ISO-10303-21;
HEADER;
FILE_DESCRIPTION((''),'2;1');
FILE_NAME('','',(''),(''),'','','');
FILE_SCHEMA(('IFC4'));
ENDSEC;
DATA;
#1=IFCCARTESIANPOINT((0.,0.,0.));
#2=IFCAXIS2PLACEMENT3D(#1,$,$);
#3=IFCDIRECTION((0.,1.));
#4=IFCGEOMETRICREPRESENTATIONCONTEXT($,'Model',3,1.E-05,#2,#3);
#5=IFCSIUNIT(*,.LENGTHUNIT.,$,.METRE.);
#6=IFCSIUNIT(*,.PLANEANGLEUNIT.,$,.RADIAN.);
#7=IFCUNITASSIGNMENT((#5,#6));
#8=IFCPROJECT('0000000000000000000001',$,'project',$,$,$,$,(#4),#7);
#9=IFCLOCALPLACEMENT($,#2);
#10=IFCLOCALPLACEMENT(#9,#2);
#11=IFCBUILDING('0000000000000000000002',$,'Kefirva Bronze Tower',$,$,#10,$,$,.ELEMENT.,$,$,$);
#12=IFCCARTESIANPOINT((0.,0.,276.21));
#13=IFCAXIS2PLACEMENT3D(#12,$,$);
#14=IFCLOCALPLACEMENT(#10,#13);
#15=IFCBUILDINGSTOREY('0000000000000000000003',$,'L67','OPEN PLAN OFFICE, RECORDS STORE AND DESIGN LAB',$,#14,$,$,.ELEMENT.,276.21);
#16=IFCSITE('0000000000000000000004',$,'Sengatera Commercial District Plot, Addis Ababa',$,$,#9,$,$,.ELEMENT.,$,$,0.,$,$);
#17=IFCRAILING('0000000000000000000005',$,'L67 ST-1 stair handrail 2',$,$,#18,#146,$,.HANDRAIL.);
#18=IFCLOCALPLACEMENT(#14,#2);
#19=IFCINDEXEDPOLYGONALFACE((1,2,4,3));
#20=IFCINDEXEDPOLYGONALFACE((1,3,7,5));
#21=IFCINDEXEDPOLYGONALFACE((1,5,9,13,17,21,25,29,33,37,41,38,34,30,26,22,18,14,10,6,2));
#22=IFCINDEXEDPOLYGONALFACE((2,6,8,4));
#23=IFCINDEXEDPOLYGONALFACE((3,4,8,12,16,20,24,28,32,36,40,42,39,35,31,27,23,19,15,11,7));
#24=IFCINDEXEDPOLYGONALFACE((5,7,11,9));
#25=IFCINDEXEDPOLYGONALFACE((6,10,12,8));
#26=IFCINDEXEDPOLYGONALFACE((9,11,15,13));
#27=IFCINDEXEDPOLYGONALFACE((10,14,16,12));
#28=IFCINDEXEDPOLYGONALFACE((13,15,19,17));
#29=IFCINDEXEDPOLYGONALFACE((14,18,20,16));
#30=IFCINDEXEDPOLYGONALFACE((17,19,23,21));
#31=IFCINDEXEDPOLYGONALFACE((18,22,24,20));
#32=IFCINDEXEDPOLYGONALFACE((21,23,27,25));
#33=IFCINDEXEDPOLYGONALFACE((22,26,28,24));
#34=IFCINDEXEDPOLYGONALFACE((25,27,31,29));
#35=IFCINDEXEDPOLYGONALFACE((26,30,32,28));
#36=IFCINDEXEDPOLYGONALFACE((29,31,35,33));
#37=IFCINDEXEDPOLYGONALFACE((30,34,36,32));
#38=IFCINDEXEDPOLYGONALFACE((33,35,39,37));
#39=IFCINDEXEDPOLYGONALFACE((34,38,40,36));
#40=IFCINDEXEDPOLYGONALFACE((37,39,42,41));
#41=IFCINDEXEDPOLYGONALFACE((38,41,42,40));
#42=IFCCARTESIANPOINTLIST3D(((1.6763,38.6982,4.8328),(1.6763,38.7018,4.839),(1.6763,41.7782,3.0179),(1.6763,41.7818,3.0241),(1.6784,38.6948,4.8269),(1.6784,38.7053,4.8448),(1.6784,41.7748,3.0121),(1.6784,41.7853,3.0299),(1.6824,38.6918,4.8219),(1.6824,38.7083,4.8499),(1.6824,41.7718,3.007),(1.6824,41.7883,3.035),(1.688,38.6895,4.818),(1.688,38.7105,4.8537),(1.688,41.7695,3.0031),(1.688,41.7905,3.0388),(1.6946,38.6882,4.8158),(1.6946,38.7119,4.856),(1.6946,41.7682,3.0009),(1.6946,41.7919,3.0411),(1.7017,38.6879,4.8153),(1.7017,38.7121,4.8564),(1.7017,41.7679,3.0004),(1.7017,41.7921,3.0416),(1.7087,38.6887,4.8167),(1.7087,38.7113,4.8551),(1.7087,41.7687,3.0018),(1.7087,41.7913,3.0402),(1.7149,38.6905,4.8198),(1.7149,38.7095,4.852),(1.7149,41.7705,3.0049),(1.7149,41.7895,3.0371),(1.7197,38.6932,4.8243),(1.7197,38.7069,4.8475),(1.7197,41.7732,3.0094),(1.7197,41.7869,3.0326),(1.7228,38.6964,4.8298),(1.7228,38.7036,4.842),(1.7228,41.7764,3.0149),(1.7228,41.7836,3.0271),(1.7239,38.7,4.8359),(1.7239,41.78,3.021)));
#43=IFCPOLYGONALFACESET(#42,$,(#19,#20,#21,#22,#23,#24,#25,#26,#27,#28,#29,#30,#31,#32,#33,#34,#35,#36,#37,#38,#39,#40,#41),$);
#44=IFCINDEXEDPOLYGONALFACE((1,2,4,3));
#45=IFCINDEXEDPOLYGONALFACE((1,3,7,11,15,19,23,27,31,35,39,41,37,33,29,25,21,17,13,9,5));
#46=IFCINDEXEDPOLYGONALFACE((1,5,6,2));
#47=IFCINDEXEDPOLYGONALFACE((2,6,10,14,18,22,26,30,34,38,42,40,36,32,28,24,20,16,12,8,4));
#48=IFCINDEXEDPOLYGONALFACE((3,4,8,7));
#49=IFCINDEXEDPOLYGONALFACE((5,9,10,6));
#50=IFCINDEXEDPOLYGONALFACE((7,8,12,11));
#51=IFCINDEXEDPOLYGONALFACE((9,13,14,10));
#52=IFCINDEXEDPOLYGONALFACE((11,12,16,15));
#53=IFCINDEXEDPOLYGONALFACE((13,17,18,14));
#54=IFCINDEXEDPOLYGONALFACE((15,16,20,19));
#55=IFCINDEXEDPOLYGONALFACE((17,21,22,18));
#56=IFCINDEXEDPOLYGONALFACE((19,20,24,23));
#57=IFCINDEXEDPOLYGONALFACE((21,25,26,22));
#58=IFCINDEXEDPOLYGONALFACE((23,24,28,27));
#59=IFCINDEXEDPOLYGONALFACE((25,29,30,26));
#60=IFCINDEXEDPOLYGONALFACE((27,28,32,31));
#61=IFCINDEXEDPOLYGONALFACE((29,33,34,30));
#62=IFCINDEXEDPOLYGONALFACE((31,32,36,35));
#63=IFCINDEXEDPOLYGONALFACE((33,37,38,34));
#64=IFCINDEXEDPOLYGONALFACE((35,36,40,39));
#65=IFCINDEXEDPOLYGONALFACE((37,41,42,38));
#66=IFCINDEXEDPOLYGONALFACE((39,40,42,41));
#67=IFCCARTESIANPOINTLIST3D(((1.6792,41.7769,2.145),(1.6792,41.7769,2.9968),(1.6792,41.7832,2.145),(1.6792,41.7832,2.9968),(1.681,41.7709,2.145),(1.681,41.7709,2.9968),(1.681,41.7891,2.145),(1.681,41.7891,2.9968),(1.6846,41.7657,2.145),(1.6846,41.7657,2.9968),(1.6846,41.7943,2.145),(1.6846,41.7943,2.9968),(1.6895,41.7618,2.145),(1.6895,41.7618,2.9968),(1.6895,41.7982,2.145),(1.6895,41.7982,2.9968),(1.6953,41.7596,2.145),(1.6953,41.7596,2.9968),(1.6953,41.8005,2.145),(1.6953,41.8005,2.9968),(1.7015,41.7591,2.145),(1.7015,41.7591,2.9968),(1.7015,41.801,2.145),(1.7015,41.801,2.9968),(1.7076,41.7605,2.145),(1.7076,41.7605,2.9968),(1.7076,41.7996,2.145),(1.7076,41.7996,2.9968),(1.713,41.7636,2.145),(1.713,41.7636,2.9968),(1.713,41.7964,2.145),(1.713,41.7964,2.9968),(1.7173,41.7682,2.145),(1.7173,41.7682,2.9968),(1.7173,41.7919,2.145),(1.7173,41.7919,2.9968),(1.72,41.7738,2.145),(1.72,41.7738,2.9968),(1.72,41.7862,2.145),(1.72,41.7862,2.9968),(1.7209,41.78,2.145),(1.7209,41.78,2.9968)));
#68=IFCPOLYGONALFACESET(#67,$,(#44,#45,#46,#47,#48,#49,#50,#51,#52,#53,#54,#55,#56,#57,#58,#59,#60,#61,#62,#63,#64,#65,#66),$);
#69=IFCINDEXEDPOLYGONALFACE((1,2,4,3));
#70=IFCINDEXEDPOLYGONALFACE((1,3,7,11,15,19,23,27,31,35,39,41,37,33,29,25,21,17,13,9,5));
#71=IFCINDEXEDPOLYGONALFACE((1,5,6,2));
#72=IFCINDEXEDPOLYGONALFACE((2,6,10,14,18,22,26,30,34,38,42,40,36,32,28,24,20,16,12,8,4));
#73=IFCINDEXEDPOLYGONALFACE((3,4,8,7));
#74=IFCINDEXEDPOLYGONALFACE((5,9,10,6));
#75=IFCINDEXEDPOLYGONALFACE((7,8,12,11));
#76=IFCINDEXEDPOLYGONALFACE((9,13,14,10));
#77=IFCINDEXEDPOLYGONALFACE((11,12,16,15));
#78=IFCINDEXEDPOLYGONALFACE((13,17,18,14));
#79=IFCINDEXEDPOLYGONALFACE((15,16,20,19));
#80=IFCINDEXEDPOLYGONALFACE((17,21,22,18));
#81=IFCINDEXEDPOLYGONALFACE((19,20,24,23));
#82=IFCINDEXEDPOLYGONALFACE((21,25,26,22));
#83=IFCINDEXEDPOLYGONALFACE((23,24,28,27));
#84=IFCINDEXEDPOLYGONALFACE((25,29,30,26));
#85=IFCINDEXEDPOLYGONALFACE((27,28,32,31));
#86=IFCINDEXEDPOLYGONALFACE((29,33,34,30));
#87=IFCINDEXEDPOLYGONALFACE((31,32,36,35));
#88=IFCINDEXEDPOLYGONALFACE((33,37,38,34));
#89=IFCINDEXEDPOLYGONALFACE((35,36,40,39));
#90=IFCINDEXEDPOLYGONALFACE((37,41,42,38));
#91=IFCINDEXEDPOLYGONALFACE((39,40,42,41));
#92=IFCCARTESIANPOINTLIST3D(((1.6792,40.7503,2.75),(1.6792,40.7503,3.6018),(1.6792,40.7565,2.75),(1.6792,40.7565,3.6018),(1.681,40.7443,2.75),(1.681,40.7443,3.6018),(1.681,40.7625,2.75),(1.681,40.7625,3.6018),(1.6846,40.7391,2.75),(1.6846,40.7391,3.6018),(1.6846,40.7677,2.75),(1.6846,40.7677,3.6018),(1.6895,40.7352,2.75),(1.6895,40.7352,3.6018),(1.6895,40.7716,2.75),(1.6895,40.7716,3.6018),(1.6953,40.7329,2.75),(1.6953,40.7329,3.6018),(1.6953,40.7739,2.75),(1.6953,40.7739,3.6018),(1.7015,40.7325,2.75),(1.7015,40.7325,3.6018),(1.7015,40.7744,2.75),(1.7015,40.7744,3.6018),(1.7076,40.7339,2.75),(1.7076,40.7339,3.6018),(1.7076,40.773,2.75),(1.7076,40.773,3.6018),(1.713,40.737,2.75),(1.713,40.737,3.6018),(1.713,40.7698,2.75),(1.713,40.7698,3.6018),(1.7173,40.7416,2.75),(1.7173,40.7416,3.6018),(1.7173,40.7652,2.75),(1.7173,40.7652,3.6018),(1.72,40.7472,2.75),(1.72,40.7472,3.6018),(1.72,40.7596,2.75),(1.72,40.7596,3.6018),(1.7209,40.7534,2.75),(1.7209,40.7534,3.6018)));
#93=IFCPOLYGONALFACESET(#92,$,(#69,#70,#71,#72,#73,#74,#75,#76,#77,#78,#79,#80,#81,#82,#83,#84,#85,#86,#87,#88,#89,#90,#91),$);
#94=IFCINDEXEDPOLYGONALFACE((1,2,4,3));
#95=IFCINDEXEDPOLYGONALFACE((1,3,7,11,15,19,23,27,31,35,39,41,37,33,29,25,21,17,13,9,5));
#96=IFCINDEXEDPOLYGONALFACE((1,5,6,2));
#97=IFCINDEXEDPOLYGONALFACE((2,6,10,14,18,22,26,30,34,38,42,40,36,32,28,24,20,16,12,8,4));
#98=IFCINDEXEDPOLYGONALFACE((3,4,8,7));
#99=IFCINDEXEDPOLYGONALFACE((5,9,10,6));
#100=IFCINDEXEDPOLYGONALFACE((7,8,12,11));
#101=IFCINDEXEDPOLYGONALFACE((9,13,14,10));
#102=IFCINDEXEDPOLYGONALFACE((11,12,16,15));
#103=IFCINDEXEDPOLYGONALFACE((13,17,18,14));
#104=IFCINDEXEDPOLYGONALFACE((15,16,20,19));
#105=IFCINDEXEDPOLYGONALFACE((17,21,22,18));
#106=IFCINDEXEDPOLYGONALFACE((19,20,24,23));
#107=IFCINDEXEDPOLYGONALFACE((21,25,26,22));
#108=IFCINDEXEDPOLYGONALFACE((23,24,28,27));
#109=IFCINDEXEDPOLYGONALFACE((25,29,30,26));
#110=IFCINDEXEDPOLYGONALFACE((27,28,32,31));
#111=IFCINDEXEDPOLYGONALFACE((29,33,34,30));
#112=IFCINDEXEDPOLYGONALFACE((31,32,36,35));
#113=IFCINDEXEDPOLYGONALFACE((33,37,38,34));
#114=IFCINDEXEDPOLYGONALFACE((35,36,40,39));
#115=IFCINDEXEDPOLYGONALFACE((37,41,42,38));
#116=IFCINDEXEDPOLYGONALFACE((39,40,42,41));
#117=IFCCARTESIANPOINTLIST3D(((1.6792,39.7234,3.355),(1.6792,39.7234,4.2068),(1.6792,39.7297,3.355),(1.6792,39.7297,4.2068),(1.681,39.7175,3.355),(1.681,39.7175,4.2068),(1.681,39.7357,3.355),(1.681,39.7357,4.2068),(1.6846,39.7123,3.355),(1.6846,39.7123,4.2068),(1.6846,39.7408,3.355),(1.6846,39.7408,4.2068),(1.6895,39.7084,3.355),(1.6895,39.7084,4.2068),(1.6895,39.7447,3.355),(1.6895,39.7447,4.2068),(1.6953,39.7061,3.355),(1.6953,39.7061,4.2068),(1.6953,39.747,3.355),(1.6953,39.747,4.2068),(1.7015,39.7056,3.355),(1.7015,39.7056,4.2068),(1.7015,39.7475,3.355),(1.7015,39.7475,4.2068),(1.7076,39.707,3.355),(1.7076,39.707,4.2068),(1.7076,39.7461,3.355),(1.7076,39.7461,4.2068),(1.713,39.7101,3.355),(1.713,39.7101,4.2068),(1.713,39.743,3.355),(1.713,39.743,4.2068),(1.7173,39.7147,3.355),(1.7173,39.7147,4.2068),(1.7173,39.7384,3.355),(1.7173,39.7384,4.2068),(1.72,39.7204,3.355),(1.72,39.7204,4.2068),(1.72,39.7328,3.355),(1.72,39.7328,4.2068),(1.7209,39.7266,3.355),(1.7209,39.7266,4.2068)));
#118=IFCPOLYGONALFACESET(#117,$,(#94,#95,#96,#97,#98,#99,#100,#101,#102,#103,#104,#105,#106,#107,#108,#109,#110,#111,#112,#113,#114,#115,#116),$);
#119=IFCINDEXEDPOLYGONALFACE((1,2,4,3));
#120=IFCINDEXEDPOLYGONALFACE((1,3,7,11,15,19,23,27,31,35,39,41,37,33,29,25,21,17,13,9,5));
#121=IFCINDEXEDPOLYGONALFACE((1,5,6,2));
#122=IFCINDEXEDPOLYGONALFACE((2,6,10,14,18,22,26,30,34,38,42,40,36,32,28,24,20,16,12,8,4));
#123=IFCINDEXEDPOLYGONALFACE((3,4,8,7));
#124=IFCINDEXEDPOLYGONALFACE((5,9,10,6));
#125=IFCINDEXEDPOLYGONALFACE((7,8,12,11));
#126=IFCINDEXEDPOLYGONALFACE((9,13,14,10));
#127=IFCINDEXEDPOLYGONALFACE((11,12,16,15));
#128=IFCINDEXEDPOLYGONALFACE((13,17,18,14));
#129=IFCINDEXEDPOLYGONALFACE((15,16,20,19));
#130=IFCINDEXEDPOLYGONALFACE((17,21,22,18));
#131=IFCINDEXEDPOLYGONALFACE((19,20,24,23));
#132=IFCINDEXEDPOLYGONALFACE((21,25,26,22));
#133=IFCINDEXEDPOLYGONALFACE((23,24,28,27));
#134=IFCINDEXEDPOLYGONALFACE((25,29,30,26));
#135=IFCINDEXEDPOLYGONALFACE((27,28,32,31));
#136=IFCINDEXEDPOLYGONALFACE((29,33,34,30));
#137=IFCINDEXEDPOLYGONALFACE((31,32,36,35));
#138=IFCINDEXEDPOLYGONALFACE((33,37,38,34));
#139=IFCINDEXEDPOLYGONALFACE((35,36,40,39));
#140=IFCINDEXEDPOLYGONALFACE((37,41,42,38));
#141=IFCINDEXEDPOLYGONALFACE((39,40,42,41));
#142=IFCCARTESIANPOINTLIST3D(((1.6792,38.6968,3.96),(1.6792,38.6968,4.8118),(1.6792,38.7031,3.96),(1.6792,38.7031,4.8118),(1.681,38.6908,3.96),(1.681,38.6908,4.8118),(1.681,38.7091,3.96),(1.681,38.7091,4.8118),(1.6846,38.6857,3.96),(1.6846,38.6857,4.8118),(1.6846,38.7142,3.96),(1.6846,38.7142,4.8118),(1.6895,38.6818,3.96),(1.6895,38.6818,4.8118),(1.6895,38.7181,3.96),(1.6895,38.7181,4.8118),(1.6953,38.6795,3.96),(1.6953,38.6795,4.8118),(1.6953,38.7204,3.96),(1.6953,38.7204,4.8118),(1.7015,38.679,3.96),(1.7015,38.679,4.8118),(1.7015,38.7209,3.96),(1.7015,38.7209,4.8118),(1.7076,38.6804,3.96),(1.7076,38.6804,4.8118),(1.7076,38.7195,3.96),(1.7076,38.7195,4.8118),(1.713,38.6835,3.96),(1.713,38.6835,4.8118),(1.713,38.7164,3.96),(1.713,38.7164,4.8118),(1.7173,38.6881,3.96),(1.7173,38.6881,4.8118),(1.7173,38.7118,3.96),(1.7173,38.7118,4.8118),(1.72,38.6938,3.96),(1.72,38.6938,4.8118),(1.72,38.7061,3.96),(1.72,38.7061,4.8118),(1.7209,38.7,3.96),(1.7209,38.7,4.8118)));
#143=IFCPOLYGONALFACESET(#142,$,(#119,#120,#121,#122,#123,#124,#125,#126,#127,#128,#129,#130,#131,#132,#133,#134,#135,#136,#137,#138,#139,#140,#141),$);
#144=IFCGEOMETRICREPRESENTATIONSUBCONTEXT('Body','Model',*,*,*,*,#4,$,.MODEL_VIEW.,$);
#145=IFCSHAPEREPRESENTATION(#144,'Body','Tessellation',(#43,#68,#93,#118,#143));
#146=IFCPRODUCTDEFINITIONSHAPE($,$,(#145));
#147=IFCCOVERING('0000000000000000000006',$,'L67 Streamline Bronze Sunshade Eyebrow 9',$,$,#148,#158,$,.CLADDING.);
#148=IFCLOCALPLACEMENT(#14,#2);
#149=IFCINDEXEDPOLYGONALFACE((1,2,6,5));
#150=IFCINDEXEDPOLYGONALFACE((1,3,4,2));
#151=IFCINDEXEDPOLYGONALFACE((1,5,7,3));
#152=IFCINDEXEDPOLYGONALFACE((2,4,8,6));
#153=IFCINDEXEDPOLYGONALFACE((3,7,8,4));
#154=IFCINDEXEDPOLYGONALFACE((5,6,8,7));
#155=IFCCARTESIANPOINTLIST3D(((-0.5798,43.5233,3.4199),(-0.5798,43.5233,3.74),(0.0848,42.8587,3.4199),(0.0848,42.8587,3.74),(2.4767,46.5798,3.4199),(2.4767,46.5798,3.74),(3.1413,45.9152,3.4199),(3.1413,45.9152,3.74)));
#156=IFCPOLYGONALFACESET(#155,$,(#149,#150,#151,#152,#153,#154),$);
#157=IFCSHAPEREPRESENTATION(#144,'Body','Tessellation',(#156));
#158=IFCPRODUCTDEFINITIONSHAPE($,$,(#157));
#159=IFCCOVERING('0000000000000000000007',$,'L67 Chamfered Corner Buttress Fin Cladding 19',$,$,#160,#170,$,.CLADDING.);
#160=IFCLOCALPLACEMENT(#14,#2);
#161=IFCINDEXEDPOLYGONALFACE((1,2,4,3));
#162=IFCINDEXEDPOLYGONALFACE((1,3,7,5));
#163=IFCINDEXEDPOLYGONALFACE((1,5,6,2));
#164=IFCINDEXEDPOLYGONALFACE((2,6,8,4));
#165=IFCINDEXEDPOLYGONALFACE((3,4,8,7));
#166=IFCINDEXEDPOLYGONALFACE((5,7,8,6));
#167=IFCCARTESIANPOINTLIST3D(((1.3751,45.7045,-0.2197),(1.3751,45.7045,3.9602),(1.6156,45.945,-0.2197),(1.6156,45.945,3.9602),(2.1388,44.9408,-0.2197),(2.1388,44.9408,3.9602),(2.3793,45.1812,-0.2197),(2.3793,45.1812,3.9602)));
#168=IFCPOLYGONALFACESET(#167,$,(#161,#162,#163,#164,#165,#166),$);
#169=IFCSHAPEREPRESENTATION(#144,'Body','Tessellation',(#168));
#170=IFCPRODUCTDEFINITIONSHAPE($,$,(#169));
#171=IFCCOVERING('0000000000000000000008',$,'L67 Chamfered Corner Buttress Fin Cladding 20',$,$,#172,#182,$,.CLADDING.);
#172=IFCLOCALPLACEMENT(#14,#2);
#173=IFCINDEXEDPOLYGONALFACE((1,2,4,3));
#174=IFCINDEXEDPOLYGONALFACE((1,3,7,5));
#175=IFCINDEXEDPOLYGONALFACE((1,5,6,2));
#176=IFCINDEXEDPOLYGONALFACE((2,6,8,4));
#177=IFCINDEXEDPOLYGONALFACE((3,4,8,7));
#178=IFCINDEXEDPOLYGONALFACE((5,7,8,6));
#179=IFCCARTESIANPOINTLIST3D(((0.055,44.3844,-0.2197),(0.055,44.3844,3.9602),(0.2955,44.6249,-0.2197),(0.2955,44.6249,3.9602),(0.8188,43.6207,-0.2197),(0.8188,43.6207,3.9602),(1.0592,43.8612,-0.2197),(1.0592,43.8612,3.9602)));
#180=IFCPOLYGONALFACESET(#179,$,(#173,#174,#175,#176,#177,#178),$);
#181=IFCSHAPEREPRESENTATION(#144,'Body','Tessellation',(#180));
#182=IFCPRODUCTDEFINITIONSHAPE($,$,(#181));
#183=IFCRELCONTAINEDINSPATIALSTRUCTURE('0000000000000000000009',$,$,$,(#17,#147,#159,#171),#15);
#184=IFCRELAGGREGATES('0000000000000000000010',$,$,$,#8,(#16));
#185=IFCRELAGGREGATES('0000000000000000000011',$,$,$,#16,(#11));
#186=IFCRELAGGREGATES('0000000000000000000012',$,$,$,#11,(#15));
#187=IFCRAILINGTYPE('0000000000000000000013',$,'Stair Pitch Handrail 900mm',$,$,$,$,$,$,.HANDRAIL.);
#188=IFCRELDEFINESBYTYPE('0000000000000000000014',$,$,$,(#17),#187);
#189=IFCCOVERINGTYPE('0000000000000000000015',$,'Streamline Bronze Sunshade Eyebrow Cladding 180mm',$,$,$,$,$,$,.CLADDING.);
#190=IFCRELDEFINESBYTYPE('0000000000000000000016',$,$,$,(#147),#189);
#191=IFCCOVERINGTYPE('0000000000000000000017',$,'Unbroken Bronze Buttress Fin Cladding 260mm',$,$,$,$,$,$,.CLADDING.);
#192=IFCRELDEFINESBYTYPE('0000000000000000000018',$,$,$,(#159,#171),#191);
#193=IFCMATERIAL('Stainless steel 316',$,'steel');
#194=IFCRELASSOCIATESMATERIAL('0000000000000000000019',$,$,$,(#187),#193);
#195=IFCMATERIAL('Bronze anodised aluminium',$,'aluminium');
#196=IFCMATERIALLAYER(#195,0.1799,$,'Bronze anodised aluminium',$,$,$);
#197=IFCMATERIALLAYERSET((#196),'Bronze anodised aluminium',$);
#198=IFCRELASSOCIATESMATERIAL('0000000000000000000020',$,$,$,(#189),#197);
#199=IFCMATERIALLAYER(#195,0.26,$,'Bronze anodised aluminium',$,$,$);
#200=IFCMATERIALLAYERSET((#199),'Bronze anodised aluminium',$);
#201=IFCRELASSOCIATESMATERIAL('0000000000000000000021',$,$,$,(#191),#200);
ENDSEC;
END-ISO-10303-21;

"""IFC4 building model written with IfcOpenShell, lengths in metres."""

from ifc_helpers import new_model, si_unit, direction, frame, origin, origin_2d, place, context, subcontext, project, spatial, rectangle, circle, extrude, material, layer, layer_set, type_object, element, save


model = new_model("IFC4")

# Units and contexts
model_context = context("Model", 3, precision=1e-05, world=origin(), true_north=direction((0.0, 1.0)))
body_context = subcontext(model_context, "Body", "Model", "MODEL_VIEW")
ifc_project = project(units=[si_unit("LENGTHUNIT", "METRE"), si_unit("PLANEANGLEUNIT", "RADIAN")], contexts=[model_context])

# Site, building, storey
site_placement = place(None, origin())
site = spatial("IfcSite", under=ifc_project, at=site_placement, Name="Sengatera Commercial District Plot, Addis Ababa", CompositionType="ELEMENT", RefElevation=0.0)
building_placement = place(site_placement, origin())
building = spatial("IfcBuilding", under=site, at=building_placement, Name="Kefirva Bronze Tower", CompositionType="ELEMENT")
storey_placement = place(building_placement, frame((0.0, 0.0, 276.21)))
storey = spatial("IfcBuildingStorey", under=building, at=storey_placement, Name="L67", Description="OPEN PLAN OFFICE, RECORDS STORE AND DESIGN LAB", CompositionType="ELEMENT", Elevation=276.21)

# Shared definitions
ifc_material_1 = material(Name="Bronze anodised aluminium", Category="aluminium")

# Railing
ifc_material_2 = material(Name="Stainless steel 316", Category="steel")
railing_type_1 = type_object("IfcRailingType", Name="Stair Pitch Handrail 900mm", PredefinedType="HANDRAIL", material=ifc_material_2)
railing_1_placement = place(storey_placement, frame((1.7, 41.78, 2.145)))
element("IfcRailing", 1, at=railing_1_placement, inside=storey, type_object=railing_type_1, Name="L67 ST-1 stair handrail 2", PredefinedType="HANDRAIL", context=body_context, shape_type="SweptSolid", body=[
    extrude(circle(Radius=0.0239, at=origin_2d()), frame((0.0, 0.0, 0.876), z_axis=(0.0, -0.861551, 0.507671), x_axis=(1.0, 0.0, 0.0)), (0.0, 0.0, 1.0), 3.575),
    extrude(circle(Radius=0.021, at=origin_2d()), origin(), (0.0, 0.0, 1.0), 0.8518),
    extrude(circle(Radius=0.021, at=origin_2d()), frame((0.0, -1.0266, 0.605)), (0.0, 0.0, 1.0), 0.8518),
    extrude(circle(Radius=0.021, at=origin_2d()), frame((0.0, -2.0535, 1.21)), (0.0, 0.0, 1.0), 0.8518),
    extrude(circle(Radius=0.021, at=origin_2d()), frame((0.0, -3.0801, 1.8149)), (0.0, 0.0, 1.0), 0.8518),
])

# Coverings
ifc_layer_1 = layer(ifc_material_1, 0.1799, Name="Bronze anodised aluminium")
ifc_layer_set_1 = layer_set([ifc_layer_1], Name="Bronze anodised aluminium")
covering_type_1 = type_object("IfcCoveringType", Name="Streamline Bronze Sunshade Eyebrow Cladding 180mm", PredefinedType="CLADDING", material=ifc_layer_set_1)
covering_1_placement = place(storey_placement, frame((1.2808, 44.7192, 3.4199), z_axis=(0.0, 0.0, 1.0), x_axis=(-0.707107, -0.707107, 0.0)))
element("IfcCovering", 2, at=covering_1_placement, inside=storey, type_object=covering_type_1, Name="L67 Streamline Bronze Sunshade Eyebrow 9", PredefinedType="CLADDING", context=body_context, shape_type="SweptSolid", body=[
    extrude(rectangle(XDim=4.3225, YDim=0.9399, at=origin_2d()), origin(), (0.0, 0.0, 1.0), 0.3201),
])
ifc_layer_2 = layer(ifc_material_1, 0.26, Name="Bronze anodised aluminium")
ifc_layer_set_2 = layer_set([ifc_layer_2], Name="Bronze anodised aluminium")
covering_type_2 = type_object("IfcCoveringType", Name="Unbroken Bronze Buttress Fin Cladding 260mm", PredefinedType="CLADDING", material=ifc_layer_set_2)
for number, where, z_axis, x_axis, name in (
    (3, (1.8772, 45.4429, -0.2197), (0.0, 0.0, 1.0), (-0.707107, -0.707107, 0.0), "L67 Chamfered Corner Buttress Fin Cladding 19"),
    (4, (0.5571, 44.1228, -0.2197), (0.0, 0.0, 1.0), (-0.707107, -0.707107, 0.0), "L67 Chamfered Corner Buttress Fin Cladding 20"),
):
    element("IfcCovering", number, at=place(storey_placement, frame(where, z_axis=z_axis, x_axis=x_axis)), inside=storey, type_object=covering_type_2, Name=name, PredefinedType="CLADDING", context=body_context, shape_type="SweptSolid", body=[
        extrude(rectangle(XDim=0.3401, YDim=1.0801, at=origin_2d()), origin(), (0.0, 0.0, 1.0), 4.1799),
    ])

save(model, "model.ifc")
